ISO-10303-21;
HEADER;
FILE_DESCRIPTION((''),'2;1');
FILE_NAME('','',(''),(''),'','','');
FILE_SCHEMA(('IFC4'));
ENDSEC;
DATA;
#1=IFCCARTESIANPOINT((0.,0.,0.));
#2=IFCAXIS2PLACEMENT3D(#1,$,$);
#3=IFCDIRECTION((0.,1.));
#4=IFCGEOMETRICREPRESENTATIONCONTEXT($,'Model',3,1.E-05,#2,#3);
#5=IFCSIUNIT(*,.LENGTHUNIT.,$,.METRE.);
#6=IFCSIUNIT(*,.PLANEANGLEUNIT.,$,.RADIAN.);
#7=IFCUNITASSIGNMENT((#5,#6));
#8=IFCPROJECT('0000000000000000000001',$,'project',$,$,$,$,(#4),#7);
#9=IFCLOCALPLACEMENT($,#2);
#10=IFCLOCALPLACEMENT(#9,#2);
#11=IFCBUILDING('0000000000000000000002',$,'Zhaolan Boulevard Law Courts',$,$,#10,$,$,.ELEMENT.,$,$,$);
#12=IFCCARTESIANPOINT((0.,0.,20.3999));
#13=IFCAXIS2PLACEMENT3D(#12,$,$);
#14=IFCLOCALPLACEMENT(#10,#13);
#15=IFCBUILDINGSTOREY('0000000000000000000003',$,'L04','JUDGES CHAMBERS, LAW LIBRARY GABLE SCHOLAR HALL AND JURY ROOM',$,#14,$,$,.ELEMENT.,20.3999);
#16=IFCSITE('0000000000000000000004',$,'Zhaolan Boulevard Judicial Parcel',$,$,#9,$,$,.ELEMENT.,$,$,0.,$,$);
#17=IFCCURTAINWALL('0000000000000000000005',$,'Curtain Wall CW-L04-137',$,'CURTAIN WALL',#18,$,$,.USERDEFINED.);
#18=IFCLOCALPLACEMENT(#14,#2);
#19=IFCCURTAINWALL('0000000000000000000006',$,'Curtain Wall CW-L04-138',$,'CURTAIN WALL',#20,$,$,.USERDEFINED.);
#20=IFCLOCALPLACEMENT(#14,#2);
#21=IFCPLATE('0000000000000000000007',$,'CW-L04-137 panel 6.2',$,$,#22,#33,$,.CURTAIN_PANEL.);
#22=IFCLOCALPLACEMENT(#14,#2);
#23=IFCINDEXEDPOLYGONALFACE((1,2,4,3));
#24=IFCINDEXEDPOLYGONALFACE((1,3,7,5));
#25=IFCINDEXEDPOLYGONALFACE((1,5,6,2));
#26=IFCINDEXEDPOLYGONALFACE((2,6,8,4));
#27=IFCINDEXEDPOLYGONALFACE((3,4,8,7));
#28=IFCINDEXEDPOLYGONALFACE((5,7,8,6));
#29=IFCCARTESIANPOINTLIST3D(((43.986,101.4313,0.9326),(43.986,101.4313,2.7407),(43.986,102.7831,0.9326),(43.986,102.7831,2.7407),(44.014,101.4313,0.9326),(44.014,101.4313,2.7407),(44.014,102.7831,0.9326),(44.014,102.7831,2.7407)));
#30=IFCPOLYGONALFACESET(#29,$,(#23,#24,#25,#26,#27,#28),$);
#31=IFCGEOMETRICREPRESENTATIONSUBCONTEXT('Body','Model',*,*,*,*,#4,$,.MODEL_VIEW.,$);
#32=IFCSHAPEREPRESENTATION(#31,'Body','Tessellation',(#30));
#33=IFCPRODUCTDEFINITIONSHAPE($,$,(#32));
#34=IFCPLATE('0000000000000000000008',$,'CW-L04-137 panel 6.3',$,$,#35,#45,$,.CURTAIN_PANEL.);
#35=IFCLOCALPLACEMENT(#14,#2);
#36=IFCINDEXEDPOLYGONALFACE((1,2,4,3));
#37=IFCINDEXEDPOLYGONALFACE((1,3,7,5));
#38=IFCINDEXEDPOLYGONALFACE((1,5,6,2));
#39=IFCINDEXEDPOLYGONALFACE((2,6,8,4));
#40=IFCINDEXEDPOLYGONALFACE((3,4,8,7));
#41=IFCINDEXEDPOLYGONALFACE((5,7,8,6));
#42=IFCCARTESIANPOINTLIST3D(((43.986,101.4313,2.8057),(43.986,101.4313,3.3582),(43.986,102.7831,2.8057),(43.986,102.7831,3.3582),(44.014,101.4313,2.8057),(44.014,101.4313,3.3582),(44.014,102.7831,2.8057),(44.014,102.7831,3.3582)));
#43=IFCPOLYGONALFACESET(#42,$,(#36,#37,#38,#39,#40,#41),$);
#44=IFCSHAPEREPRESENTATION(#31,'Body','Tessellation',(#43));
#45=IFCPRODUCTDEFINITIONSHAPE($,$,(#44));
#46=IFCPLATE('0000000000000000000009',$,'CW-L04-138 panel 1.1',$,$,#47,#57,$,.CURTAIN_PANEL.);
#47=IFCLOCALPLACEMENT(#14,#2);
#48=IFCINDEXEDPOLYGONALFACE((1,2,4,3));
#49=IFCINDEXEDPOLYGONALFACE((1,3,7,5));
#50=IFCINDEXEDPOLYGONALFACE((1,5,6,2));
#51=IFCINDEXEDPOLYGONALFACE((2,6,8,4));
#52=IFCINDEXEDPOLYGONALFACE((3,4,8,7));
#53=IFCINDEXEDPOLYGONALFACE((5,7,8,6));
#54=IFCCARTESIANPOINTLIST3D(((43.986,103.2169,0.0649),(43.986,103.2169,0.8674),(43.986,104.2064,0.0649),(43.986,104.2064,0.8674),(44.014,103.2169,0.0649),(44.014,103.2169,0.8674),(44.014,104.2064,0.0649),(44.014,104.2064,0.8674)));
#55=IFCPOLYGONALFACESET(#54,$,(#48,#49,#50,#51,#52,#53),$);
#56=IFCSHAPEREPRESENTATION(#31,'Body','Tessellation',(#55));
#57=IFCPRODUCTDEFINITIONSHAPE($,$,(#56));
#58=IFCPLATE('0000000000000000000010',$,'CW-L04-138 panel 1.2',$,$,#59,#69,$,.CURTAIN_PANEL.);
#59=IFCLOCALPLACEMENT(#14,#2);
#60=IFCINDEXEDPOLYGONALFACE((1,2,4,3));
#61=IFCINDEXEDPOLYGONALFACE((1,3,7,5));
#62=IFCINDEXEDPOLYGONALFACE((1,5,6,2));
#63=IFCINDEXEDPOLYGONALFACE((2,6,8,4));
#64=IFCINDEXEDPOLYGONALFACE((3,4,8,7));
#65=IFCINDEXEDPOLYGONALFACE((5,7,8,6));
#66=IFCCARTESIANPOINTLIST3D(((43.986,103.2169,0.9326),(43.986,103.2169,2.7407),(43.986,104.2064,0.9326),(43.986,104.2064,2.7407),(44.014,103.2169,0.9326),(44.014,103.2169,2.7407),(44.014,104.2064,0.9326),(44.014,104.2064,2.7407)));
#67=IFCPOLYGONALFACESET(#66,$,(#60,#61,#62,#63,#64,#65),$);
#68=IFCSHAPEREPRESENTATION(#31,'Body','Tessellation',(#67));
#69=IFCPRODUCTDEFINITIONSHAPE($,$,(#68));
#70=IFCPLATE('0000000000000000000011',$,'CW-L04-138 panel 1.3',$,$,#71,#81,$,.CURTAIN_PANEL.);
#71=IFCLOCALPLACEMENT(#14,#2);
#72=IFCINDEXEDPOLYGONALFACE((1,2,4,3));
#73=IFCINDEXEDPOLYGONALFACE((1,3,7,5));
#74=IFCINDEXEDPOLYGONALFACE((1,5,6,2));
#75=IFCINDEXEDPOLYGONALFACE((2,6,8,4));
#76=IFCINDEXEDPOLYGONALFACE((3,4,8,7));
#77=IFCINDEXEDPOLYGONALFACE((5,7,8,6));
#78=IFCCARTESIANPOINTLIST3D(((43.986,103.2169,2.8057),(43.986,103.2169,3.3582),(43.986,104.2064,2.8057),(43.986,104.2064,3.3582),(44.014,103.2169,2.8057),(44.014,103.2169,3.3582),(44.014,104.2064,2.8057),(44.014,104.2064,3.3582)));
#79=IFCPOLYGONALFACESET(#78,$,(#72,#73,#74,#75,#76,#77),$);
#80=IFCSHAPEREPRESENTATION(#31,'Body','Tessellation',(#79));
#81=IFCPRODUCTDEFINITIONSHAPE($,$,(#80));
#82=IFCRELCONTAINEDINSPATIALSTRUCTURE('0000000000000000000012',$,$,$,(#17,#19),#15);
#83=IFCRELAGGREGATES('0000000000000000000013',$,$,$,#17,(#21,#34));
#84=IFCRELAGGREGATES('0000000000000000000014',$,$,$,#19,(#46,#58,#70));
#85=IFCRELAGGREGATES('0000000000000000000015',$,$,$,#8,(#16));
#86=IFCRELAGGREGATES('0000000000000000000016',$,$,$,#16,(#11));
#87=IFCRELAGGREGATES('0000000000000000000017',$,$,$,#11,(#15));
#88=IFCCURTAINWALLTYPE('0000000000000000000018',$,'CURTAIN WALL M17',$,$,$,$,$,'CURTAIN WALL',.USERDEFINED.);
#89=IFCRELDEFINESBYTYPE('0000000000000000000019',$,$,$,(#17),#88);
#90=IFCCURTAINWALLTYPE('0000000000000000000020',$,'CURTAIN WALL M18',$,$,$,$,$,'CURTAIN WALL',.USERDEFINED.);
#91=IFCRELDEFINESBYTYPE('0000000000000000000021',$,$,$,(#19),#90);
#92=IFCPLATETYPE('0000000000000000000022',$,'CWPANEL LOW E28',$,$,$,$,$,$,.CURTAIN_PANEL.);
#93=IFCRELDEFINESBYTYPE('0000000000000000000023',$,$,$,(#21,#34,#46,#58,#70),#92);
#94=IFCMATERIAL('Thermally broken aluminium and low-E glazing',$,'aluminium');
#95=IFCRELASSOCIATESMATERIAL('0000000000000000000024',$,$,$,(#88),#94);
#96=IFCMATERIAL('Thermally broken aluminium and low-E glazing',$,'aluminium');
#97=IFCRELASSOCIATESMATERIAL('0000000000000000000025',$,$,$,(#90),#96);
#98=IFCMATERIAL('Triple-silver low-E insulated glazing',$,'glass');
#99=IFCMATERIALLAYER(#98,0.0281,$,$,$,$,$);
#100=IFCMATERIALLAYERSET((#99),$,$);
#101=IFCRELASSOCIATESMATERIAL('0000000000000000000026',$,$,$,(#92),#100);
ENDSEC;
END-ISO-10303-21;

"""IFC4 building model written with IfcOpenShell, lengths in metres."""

from ifc_helpers import new_model, si_unit, direction, frame, origin, origin_2d, place, context, subcontext, project, spatial, rectangle, extrude, material, layer, layer_set, type_object, element, aggregate, save


model = new_model("IFC4")

# Units and contexts
model_context = context("Model", 3, precision=1e-05, world=origin(), true_north=direction((0.0, 1.0)))
body_context = subcontext(model_context, "Body", "Model", "MODEL_VIEW")
ifc_project = project(units=[si_unit("LENGTHUNIT", "METRE"), si_unit("PLANEANGLEUNIT", "RADIAN")], contexts=[model_context])

# Site, building, storey
site_placement = place(None, origin())
site = spatial("IfcSite", under=ifc_project, at=site_placement, Name="Zhaolan Boulevard Judicial Parcel", CompositionType="ELEMENT", RefElevation=0.0)
building_placement = place(site_placement, origin())
building = spatial("IfcBuilding", under=site, at=building_placement, Name="Zhaolan Boulevard Law Courts", CompositionType="ELEMENT")
storey_placement = place(building_placement, frame((0.0, 0.0, 20.3999)))
storey = spatial("IfcBuildingStorey", under=building, at=storey_placement, Name="L04", Description="JUDGES CHAMBERS, LAW LIBRARY GABLE SCHOLAR HALL AND JURY ROOM", CompositionType="ELEMENT", Elevation=20.3999)

# Curtain walls
ifc_material_1 = material(Name="Thermally broken aluminium and low-E glazing", Category="aluminium")
curtain_wall_type_1 = type_object("IfcCurtainWallType", Name="CURTAIN WALL M17", ElementType="CURTAIN WALL", PredefinedType="USERDEFINED", material=ifc_material_1)
curtain_wall_1_placement = place(storey_placement, origin())
curtain_wall_1 = element("IfcCurtainWall", 1, at=curtain_wall_1_placement, inside=storey, type_object=curtain_wall_type_1, Name="Curtain Wall CW-L04-137", ObjectType="CURTAIN WALL", PredefinedType="USERDEFINED")
ifc_material_2 = material(Name="Thermally broken aluminium and low-E glazing", Category="aluminium")
curtain_wall_type_2 = type_object("IfcCurtainWallType", Name="CURTAIN WALL M18", ElementType="CURTAIN WALL", PredefinedType="USERDEFINED", material=ifc_material_2)
curtain_wall_2_placement = place(storey_placement, origin())
curtain_wall_2 = element("IfcCurtainWall", 2, at=curtain_wall_2_placement, inside=storey, type_object=curtain_wall_type_2, Name="Curtain Wall CW-L04-138", ObjectType="CURTAIN WALL", PredefinedType="USERDEFINED")

# Plates
ifc_material_3 = material(Name="Triple-silver low-E insulated glazing", Category="glass")
ifc_layer = layer(ifc_material_3, 0.0281)
ifc_layer_set = layer_set([ifc_layer])
plate_type = type_object("IfcPlateType", Name="CWPANEL LOW E28", PredefinedType="CURTAIN_PANEL", material=ifc_layer_set)
plate_1_placement = place(storey_placement, frame((44.0, 102.1072, 0.9326), z_axis=(0.0, 0.0, 1.0), x_axis=(0.0, 1.0, 0.0)))
plate_1 = element("IfcPlate", 3, at=plate_1_placement, type_object=plate_type, Name="CW-L04-137 panel 6.2", PredefinedType="CURTAIN_PANEL", context=body_context, shape_type="SweptSolid", body=[
    extrude(rectangle(XDim=1.3518, YDim=0.0281, at=origin_2d()), origin(), (0.0, 0.0, 1.0), 1.8081),
])
plate_2_placement = place(storey_placement, frame((44.0, 102.1072, 2.8057), z_axis=(0.0, 0.0, 1.0), x_axis=(0.0, 1.0, 0.0)))
plate_2 = element("IfcPlate", 4, at=plate_2_placement, type_object=plate_type, Name="CW-L04-137 panel 6.3", PredefinedType="CURTAIN_PANEL", context=body_context, shape_type="SweptSolid", body=[
    extrude(rectangle(XDim=1.3518, YDim=0.0281, at=origin_2d()), origin(), (0.0, 0.0, 1.0), 0.5525),
])
aggregate(curtain_wall_1, [plate_1, plate_2])
plate_3_placement = place(storey_placement, frame((44.0, 103.7117, 0.0649), z_axis=(0.0, 0.0, 1.0), x_axis=(0.0, 1.0, 0.0)))
plate_3 = element("IfcPlate", 5, at=plate_3_placement, type_object=plate_type, Name="CW-L04-138 panel 1.1", PredefinedType="CURTAIN_PANEL", context=body_context, shape_type="SweptSolid", body=[
    extrude(rectangle(XDim=0.9895, YDim=0.0281, at=origin_2d()), origin(), (0.0, 0.0, 1.0), 0.8025),
])
plate_4_placement = place(storey_placement, frame((44.0, 103.7117, 0.9326), z_axis=(0.0, 0.0, 1.0), x_axis=(0.0, 1.0, 0.0)))
plate_4 = element("IfcPlate", 6, at=plate_4_placement, type_object=plate_type, Name="CW-L04-138 panel 1.2", PredefinedType="CURTAIN_PANEL", context=body_context, shape_type="SweptSolid", body=[
    extrude(rectangle(XDim=0.9895, YDim=0.0281, at=origin_2d()), origin(), (0.0, 0.0, 1.0), 1.8081),
])
plate_5_placement = place(storey_placement, frame((44.0, 103.7117, 2.8057), z_axis=(0.0, 0.0, 1.0), x_axis=(0.0, 1.0, 0.0)))
plate_5 = element("IfcPlate", 7, at=plate_5_placement, type_object=plate_type, Name="CW-L04-138 panel 1.3", PredefinedType="CURTAIN_PANEL", context=body_context, shape_type="SweptSolid", body=[
    extrude(rectangle(XDim=0.9895, YDim=0.0281, at=origin_2d()), origin(), (0.0, 0.0, 1.0), 0.5525),
])
aggregate(curtain_wall_2, [plate_3, plate_4, plate_5])

save(model, "model.ifc")
